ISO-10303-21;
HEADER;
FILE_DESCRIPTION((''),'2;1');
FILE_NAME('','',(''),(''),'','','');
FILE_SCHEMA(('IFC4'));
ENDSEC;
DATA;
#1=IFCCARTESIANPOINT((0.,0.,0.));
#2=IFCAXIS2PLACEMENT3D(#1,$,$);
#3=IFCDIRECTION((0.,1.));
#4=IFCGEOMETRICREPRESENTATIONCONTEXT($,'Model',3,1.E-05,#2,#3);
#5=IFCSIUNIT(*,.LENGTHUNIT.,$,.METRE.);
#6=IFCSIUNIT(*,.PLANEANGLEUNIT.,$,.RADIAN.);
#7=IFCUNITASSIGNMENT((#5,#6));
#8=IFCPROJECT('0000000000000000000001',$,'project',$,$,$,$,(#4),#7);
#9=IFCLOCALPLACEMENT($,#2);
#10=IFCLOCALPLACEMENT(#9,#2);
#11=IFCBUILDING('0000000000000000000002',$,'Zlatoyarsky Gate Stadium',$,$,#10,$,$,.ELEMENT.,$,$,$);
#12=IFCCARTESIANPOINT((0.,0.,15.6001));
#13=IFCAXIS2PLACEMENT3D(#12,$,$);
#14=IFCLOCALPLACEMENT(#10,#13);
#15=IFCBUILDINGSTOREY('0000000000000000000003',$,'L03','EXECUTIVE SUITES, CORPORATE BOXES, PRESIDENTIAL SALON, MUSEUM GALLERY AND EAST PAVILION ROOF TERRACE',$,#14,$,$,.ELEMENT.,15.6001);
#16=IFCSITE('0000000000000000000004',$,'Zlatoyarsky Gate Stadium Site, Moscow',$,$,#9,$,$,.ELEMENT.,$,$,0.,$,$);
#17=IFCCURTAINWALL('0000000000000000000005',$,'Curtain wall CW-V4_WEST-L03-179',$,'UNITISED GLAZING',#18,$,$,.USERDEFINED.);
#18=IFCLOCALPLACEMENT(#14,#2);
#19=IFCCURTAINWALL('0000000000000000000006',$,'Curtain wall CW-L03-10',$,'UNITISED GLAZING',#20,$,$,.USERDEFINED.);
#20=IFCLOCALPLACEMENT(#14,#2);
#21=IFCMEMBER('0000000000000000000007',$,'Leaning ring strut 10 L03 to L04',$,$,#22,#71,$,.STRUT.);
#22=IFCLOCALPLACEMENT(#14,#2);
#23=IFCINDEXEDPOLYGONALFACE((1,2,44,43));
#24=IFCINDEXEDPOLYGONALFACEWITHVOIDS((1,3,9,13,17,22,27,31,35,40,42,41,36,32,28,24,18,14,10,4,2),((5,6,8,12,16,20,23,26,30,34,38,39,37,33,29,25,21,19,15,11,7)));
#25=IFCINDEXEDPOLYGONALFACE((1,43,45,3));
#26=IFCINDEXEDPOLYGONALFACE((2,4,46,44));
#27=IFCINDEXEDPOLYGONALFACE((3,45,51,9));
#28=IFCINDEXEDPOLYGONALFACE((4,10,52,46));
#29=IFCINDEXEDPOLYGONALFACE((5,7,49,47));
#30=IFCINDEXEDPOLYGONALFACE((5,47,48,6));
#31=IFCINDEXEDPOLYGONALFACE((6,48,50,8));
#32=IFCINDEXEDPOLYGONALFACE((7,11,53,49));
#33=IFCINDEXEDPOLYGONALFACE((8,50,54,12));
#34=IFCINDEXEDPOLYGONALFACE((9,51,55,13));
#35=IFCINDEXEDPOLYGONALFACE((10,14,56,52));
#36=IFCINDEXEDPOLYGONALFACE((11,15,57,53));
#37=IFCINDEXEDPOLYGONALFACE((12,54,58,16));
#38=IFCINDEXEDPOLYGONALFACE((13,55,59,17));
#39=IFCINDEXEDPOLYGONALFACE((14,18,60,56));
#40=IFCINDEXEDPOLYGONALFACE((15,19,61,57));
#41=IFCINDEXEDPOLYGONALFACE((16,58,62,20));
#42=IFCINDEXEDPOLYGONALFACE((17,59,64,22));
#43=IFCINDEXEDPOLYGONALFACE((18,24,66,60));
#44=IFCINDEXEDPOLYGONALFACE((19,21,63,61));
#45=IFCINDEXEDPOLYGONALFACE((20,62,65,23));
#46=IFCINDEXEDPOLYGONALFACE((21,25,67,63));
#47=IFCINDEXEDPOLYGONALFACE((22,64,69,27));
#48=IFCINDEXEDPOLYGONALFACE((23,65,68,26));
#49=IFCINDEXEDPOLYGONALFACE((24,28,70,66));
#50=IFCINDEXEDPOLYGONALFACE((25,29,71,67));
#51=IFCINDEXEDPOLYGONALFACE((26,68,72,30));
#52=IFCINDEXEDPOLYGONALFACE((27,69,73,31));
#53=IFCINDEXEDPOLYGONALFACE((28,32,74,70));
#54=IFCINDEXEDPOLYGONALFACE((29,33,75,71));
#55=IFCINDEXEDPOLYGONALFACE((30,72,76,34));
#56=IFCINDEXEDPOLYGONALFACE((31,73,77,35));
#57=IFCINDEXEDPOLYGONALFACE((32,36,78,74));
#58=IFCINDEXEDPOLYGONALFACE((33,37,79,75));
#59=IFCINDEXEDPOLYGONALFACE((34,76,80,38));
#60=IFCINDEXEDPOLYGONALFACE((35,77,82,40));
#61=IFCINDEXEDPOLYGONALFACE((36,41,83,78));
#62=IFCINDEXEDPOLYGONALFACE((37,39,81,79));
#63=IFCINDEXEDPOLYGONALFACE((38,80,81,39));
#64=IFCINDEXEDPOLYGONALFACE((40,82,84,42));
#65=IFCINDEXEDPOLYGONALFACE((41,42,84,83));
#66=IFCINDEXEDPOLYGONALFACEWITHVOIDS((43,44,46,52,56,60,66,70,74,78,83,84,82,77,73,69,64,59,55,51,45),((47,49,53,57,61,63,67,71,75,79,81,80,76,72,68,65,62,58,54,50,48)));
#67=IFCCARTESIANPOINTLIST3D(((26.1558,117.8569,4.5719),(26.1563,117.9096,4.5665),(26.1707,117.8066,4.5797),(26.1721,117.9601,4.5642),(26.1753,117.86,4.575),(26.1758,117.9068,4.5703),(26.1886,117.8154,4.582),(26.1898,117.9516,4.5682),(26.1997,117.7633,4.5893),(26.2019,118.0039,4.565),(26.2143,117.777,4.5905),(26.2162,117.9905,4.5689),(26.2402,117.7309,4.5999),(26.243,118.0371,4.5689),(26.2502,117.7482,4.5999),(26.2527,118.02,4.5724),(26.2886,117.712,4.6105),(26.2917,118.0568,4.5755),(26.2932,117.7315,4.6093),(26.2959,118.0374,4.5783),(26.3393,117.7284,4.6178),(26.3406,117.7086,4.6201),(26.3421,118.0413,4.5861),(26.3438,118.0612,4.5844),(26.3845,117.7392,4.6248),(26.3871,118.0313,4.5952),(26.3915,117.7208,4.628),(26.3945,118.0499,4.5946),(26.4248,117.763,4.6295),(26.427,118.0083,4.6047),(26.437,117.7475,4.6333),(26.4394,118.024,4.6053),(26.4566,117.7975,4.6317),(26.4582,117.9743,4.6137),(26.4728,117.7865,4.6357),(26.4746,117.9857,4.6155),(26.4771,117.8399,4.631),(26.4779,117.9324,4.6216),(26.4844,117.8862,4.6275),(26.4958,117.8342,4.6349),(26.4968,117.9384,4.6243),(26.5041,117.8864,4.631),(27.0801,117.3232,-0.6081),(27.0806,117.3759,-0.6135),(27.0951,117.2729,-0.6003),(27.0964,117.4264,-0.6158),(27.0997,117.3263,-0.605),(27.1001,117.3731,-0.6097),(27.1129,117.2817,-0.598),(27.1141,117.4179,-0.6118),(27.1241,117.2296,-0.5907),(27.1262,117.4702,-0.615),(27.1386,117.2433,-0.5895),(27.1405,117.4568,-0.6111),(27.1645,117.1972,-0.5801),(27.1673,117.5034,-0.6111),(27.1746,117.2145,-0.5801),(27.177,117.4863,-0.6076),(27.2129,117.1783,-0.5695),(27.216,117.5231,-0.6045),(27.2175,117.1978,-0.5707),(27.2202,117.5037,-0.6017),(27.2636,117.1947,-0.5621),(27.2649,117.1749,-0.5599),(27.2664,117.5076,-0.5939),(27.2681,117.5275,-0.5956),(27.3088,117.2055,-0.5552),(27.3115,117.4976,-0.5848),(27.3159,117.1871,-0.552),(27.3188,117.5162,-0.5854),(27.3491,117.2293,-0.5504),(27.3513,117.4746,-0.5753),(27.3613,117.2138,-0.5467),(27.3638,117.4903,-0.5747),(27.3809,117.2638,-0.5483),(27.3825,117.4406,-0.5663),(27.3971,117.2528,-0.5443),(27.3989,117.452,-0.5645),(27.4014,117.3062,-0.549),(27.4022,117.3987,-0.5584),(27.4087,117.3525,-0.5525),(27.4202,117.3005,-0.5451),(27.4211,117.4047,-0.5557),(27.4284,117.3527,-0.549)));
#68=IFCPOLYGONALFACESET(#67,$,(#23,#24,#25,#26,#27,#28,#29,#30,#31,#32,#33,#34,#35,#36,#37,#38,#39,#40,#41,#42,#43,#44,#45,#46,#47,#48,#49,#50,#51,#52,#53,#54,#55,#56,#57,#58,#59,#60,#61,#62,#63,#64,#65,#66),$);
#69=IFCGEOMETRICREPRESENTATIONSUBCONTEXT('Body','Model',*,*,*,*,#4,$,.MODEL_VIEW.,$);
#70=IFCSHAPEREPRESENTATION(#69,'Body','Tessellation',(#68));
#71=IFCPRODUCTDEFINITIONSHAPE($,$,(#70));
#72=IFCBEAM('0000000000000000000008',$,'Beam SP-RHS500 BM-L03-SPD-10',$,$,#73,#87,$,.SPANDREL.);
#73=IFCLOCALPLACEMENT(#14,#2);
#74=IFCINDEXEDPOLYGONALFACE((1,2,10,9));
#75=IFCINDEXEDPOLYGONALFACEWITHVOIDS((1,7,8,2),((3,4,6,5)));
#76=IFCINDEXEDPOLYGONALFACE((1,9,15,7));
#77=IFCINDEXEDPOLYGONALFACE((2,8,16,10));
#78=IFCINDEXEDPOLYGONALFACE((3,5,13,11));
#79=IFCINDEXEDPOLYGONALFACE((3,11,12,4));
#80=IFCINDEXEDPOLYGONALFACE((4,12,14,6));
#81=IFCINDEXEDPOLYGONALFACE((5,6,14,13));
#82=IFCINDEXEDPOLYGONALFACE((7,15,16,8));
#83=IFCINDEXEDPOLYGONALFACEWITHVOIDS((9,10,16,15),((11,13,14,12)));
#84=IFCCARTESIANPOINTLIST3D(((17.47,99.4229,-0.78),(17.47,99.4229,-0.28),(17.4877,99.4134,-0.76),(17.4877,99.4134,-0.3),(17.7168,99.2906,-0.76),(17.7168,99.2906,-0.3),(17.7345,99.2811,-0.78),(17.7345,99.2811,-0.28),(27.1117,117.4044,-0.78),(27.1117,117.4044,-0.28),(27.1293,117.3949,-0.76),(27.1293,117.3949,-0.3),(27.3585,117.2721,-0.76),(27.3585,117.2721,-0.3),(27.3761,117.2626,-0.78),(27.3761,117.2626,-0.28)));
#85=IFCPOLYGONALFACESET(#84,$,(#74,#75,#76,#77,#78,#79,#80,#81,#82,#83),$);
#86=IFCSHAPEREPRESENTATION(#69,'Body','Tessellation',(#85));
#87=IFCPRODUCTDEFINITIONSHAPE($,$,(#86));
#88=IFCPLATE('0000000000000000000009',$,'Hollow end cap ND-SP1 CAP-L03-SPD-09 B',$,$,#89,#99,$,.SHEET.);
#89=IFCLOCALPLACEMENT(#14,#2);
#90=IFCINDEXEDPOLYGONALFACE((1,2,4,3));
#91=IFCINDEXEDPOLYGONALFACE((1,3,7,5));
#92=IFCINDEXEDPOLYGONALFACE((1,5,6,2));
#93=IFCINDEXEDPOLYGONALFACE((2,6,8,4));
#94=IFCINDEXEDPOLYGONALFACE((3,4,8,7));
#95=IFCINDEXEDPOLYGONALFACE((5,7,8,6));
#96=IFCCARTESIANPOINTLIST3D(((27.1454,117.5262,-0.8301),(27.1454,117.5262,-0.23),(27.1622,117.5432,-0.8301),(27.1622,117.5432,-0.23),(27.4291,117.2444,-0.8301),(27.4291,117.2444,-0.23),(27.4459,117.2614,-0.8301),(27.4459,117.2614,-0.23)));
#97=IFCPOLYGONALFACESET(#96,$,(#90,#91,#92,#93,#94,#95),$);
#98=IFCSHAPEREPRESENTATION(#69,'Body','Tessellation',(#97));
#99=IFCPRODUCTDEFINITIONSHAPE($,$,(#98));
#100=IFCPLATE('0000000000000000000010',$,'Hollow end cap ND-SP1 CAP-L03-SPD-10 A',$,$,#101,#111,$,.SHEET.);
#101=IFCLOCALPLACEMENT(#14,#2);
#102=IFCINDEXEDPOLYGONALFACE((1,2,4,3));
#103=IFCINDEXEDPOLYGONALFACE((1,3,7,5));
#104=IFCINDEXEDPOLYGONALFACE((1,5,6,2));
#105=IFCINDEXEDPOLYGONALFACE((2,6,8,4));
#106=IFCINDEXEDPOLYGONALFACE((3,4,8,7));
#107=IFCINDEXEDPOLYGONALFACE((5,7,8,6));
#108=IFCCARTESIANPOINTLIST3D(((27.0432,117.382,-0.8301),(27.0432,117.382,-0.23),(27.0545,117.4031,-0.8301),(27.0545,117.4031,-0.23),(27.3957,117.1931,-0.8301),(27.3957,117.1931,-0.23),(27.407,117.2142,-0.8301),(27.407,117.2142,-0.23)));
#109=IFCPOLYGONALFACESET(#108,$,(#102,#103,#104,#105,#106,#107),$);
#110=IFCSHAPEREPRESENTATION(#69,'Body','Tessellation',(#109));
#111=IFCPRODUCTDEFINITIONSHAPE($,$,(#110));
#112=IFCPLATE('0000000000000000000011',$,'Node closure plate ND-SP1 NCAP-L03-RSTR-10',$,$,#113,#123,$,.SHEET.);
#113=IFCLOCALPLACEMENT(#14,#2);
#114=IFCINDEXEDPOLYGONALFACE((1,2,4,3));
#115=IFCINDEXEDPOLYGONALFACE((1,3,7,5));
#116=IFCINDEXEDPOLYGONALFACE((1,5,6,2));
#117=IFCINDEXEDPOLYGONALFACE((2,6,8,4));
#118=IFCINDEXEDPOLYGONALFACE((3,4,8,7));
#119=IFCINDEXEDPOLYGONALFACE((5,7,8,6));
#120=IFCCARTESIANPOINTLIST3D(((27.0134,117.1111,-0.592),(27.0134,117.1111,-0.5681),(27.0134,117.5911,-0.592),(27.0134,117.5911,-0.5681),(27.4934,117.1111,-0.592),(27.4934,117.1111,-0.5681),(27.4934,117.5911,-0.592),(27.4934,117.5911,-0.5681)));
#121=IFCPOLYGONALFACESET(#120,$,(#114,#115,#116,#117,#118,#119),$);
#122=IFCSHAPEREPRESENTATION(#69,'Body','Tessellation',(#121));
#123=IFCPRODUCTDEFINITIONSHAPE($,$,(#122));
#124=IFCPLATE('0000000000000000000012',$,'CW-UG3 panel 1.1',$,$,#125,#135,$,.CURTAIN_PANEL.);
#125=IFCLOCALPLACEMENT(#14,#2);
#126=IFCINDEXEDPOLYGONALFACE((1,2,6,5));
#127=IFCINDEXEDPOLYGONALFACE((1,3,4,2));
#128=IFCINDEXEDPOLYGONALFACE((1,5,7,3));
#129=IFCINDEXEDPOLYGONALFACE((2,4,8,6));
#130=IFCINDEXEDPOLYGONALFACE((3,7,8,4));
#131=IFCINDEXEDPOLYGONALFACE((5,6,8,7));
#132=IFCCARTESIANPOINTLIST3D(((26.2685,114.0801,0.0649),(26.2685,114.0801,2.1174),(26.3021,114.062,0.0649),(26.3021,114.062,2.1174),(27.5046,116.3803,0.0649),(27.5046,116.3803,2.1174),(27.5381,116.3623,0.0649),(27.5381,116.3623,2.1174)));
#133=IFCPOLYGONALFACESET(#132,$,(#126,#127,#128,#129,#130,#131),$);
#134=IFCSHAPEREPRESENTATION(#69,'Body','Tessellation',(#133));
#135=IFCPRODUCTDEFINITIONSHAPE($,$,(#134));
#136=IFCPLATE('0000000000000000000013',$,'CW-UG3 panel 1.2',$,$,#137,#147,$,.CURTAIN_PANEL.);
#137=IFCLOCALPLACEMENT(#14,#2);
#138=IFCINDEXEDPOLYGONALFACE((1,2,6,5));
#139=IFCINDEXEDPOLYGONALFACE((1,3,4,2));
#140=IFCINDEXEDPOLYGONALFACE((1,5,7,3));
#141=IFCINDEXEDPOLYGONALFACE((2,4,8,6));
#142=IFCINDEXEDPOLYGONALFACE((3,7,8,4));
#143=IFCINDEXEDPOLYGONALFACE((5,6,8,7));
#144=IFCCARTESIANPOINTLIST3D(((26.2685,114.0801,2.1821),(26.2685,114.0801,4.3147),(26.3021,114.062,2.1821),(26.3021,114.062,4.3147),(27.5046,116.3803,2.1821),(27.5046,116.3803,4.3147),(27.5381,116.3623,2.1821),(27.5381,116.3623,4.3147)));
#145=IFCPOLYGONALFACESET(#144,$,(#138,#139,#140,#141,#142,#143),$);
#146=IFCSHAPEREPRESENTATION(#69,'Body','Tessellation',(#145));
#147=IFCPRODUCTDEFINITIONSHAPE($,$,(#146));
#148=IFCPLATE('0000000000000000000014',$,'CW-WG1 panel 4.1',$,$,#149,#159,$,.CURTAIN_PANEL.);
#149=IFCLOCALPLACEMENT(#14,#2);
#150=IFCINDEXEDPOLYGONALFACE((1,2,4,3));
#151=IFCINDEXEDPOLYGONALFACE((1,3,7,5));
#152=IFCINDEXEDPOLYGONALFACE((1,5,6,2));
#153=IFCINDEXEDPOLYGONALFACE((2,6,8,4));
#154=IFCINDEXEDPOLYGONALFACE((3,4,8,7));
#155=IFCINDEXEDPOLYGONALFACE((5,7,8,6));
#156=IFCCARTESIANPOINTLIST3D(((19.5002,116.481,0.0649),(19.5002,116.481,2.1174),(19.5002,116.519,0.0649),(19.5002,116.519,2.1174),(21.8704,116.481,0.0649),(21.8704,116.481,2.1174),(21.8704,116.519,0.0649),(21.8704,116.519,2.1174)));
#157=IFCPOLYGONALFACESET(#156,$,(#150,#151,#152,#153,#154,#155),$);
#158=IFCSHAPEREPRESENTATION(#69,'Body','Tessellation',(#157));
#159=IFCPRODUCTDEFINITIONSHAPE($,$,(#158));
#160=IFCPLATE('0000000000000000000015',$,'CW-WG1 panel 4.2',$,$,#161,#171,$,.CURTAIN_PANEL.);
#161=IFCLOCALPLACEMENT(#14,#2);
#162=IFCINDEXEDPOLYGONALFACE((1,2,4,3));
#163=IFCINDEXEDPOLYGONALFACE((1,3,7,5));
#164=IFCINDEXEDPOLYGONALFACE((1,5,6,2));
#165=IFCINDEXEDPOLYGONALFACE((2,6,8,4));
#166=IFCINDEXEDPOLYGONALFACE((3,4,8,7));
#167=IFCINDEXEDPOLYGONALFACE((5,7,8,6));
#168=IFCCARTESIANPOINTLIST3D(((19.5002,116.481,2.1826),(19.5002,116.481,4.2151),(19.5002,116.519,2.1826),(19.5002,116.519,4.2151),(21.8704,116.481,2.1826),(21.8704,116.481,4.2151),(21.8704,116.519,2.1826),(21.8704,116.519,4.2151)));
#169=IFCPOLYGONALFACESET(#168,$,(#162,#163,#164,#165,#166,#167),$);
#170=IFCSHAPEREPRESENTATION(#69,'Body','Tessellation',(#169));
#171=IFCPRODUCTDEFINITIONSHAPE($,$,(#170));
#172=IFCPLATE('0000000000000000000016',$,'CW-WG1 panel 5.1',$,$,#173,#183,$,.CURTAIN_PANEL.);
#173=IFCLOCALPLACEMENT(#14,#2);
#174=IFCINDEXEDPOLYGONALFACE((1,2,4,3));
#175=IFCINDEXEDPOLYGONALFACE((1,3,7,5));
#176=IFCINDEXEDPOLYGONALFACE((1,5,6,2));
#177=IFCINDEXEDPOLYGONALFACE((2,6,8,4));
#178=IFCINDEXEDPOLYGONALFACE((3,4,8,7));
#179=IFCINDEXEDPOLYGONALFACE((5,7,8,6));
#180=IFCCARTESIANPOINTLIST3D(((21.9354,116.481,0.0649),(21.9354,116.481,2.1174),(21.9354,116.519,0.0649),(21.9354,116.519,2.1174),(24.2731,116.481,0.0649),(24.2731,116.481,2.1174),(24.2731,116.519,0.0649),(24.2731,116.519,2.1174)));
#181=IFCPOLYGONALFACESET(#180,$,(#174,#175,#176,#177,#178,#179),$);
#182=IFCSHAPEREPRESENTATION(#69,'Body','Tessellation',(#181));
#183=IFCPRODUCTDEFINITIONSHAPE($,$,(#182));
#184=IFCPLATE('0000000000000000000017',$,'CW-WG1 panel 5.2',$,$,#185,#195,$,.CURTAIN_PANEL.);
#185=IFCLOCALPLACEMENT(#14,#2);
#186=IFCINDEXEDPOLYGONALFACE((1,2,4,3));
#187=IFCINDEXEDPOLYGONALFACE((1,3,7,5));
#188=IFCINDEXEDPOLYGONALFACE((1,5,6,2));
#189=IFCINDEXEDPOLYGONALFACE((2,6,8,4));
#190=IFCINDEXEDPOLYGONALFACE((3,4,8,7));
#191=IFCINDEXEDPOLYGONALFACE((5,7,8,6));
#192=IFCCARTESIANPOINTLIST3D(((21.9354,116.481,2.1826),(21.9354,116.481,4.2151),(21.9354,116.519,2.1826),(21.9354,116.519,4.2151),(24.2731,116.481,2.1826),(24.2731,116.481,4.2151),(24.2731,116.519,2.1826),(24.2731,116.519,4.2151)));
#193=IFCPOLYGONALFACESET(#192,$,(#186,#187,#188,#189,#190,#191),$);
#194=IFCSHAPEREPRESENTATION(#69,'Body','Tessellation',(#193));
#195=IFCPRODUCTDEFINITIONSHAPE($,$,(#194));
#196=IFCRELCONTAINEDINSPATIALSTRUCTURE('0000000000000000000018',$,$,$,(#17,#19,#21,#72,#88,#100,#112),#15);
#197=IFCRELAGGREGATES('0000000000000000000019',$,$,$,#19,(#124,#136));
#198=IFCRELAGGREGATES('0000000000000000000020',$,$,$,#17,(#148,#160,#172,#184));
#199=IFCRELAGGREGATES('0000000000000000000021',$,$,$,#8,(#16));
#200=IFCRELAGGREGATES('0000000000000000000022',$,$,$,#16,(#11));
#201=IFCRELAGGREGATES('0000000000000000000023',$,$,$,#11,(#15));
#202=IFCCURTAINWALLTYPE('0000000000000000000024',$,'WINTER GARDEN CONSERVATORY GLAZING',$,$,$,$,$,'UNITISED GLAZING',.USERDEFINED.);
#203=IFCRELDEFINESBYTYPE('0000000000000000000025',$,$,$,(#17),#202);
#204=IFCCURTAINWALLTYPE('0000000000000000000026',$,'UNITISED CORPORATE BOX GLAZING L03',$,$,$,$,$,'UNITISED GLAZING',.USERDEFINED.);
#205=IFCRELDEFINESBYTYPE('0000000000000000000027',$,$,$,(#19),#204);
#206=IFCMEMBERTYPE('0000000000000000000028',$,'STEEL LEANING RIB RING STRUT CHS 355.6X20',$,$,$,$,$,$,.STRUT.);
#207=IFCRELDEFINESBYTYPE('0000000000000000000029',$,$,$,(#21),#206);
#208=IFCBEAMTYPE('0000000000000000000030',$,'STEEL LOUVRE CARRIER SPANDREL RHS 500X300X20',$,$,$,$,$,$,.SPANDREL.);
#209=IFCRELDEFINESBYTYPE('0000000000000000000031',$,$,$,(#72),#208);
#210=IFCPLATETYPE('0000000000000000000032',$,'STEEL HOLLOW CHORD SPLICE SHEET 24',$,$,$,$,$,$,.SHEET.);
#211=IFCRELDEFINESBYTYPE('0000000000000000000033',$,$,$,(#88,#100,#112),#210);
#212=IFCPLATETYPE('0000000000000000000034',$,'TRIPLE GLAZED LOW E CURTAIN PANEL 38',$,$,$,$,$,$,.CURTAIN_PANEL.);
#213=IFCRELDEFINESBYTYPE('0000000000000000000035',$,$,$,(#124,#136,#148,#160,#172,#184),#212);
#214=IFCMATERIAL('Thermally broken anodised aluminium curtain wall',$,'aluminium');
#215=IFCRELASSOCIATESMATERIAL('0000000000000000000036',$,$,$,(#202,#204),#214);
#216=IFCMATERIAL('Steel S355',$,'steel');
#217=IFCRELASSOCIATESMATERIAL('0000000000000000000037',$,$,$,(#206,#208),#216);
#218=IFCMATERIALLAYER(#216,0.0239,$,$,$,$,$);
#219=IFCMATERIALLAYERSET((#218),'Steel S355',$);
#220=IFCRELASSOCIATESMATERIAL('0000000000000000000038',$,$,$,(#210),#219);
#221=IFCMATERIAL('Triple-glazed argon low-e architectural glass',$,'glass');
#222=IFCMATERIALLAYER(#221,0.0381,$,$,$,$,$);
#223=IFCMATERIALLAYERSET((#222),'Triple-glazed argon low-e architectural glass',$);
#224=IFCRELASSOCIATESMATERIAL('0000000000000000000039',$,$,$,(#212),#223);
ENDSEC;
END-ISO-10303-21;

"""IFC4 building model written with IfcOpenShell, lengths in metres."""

from ifc_helpers import new_model, si_unit, direction, frame, origin, origin_2d, place, context, subcontext, project, spatial, rectangle, hollow_rectangle, hollow_circle, extrude, material, layer, layer_set, material_profile, profile_set, type_object, element, aggregate, save


model = new_model("IFC4")

# Units and contexts
model_context = context("Model", 3, precision=1e-05, world=origin(), true_north=direction((0.0, 1.0)))
body_context = subcontext(model_context, "Body", "Model", "MODEL_VIEW")
ifc_project = project(units=[si_unit("LENGTHUNIT", "METRE"), si_unit("PLANEANGLEUNIT", "RADIAN")], contexts=[model_context])

# Site, building, storey
site_placement = place(None, origin())
site = spatial("IfcSite", under=ifc_project, at=site_placement, Name="Zlatoyarsky Gate Stadium Site, Moscow", CompositionType="ELEMENT", RefElevation=0.0)
building_placement = place(site_placement, origin())
building = spatial("IfcBuilding", under=site, at=building_placement, Name="Zlatoyarsky Gate Stadium", CompositionType="ELEMENT")
storey_placement = place(building_placement, frame((0.0, 0.0, 15.6001)))
storey = spatial("IfcBuildingStorey", under=building, at=storey_placement, Name="L03", Description="EXECUTIVE SUITES, CORPORATE BOXES, PRESIDENTIAL SALON, MUSEUM GALLERY AND EAST PAVILION ROOF TERRACE", CompositionType="ELEMENT", Elevation=15.6001)

# Shared definitions
ifc_material_1 = material(Name="Steel S355", Category="steel")

# Curtain walls
ifc_material_2 = material(Name="Thermally broken anodised aluminium curtain wall", Category="aluminium")
curtain_wall_type_1 = type_object("IfcCurtainWallType", Name="WINTER GARDEN CONSERVATORY GLAZING", ElementType="UNITISED GLAZING", PredefinedType="USERDEFINED", material=ifc_material_2)
curtain_wall_1_placement = place(storey_placement, origin())
curtain_wall_1 = element("IfcCurtainWall", 1, at=curtain_wall_1_placement, inside=storey, type_object=curtain_wall_type_1, Name="Curtain wall CW-V4_WEST-L03-179", ObjectType="UNITISED GLAZING", PredefinedType="USERDEFINED")
curtain_wall_type_2 = type_object("IfcCurtainWallType", Name="UNITISED CORPORATE BOX GLAZING L03", ElementType="UNITISED GLAZING", PredefinedType="USERDEFINED", material=ifc_material_2)
curtain_wall_2_placement = place(storey_placement, origin())
curtain_wall_2 = element("IfcCurtainWall", 2, at=curtain_wall_2_placement, inside=storey, type_object=curtain_wall_type_2, Name="Curtain wall CW-L03-10", ObjectType="UNITISED GLAZING", PredefinedType="USERDEFINED")

# Member
ifc_material_profile_1 = material_profile(ifc_material_1, hollow_circle(Radius=0.1777, WallThickness=0.02, at=origin_2d()), Name="CHS 355.6X20")
ifc_profile_set_1 = profile_set([ifc_material_profile_1], Name="Steel S355")
member_type_1 = type_object("IfcMemberType", Name="STEEL LEANING RIB RING STRUT CHS 355.6X20", PredefinedType="STRUT", material=ifc_profile_set_1)
member_1_placement = place(storey_placement, frame((27.2534, 117.3511, -0.5801), z_axis=(-0.17477, 0.100911, 0.979425), x_axis=(-0.500026, -0.86601, 0.0)))
element("IfcMember", 3, at=member_1_placement, inside=storey, type_object=member_type_1, Name="Leaning ring strut 10 L03 to L04", PredefinedType="STRUT", context=body_context, shape_type="SweptSolid", body=[
    extrude(hollow_circle(Radius=0.1777, WallThickness=0.02, at=origin_2d()), origin(), (0.0, 0.0, 1.0), 5.2888),
])

# Beam
ifc_material_profile_2 = material_profile(ifc_material_1, hollow_rectangle(XDim=0.3, YDim=0.5, WallThickness=0.02, at=origin_2d()), Name="RHS 500X300X20")
ifc_profile_set_2 = profile_set([ifc_material_profile_2], Name="Steel S355")
beam_type = type_object("IfcBeamType", Name="STEEL LOUVRE CARRIER SPANDREL RHS 500X300X20", PredefinedType="SPANDREL", material=ifc_profile_set_2)
beam_placement = place(storey_placement, frame((27.2439, 117.3335, -0.53), z_axis=(-0.472552, -0.881303, 0.0), x_axis=(0.881303, -0.472552, 0.0)))
element("IfcBeam", 4, at=beam_placement, inside=storey, type_object=beam_type, Name="Beam SP-RHS500 BM-L03-SPD-10", PredefinedType="SPANDREL", context=body_context, shape_type="SweptSolid", body=[
    extrude(hollow_rectangle(XDim=0.3, YDim=0.5, WallThickness=0.02, at=origin_2d()), origin(), (0.0, 0.0, 1.0), 20.4033),
])

# Plates
ifc_layer_1 = layer(ifc_material_1, 0.0239)
ifc_layer_set_1 = layer_set([ifc_layer_1], Name="Steel S355")
plate_type_1 = type_object("IfcPlateType", Name="STEEL HOLLOW CHORD SPLICE SHEET 24", PredefinedType="SHEET", material=ifc_layer_set_1)
for number, where, z_axis, x_axis, name in (
    (5, (27.2957, 117.3938, -0.8301), (0.0, 0.0, 1.0), (-0.70473, -0.709476, 0.0), "Hollow end cap ND-SP1 CAP-L03-SPD-09 B"),
    (6, (27.2251, 117.2981, -0.8301), (0.0, 0.0, 1.0), (-0.472556, -0.881301, 0.0), "Hollow end cap ND-SP1 CAP-L03-SPD-10 A"),
):
    element("IfcPlate", number, at=place(storey_placement, frame(where, z_axis=z_axis, x_axis=x_axis)), inside=storey, type_object=plate_type_1, Name=name, PredefinedType="SHEET", context=body_context, shape_type="SweptSolid", body=[
        extrude(rectangle(XDim=0.0239, YDim=0.3999, at=origin_2d()), origin(), (0.0, 0.0, 1.0), 0.6001),
    ])
plate_1_placement = place(storey_placement, frame((27.2534, 117.3511, -0.592), z_axis=(0.0, 0.0, 1.0), x_axis=(1.0, 0.0, 0.0)))
element("IfcPlate", 7, at=plate_1_placement, inside=storey, type_object=plate_type_1, Name="Node closure plate ND-SP1 NCAP-L03-RSTR-10", PredefinedType="SHEET", context=body_context, shape_type="SweptSolid", body=[
    extrude(rectangle(XDim=0.48, YDim=0.48, at=origin_2d()), origin(), (0.0, 0.0, 1.0), 0.0239),
])

# Plates
ifc_material_3 = material(Name="Triple-glazed argon low-e architectural glass", Category="glass")
ifc_layer_2 = layer(ifc_material_3, 0.0381)
ifc_layer_set_2 = layer_set([ifc_layer_2], Name="Triple-glazed argon low-e architectural glass")
plate_type_2 = type_object("IfcPlateType", Name="TRIPLE GLAZED LOW E CURTAIN PANEL 38", PredefinedType="CURTAIN_PANEL", material=ifc_layer_set_2)
plate_2_placement = place(storey_placement, frame((26.9033, 115.2212, 0.0649), z_axis=(0.0, 0.0, 1.0), x_axis=(-0.473345, -0.880877, 0.0)))
plate_2 = element("IfcPlate", 8, at=plate_2_placement, type_object=plate_type_2, Name="CW-UG3 panel 1.1", PredefinedType="CURTAIN_PANEL", context=body_context, shape_type="SweptSolid", body=[
    extrude(rectangle(XDim=2.6113, YDim=0.0381, at=origin_2d()), origin(), (0.0, 0.0, 1.0), 2.0525),
])
plate_3_placement = place(storey_placement, frame((26.9033, 115.2212, 2.1821), z_axis=(0.0, 0.0, 1.0), x_axis=(-0.473345, -0.880877, 0.0)))
plate_3 = element("IfcPlate", 9, at=plate_3_placement, type_object=plate_type_2, Name="CW-UG3 panel 1.2", PredefinedType="CURTAIN_PANEL", context=body_context, shape_type="SweptSolid", body=[
    extrude(rectangle(XDim=2.6113, YDim=0.0381, at=origin_2d()), origin(), (0.0, 0.0, 1.0), 2.1326),
])
aggregate(curtain_wall_2, [plate_2, plate_3])
plate_4_placement = place(storey_placement, frame((20.6853, 116.5, 0.0649), z_axis=(0.0, 0.0, 1.0), x_axis=(1.0, 0.0, 0.0)))
plate_4 = element("IfcPlate", 10, at=plate_4_placement, type_object=plate_type_2, Name="CW-WG1 panel 4.1", PredefinedType="CURTAIN_PANEL", context=body_context, shape_type="SweptSolid", body=[
    extrude(rectangle(XDim=2.3701, YDim=0.0381, at=origin_2d()), origin(), (0.0, 0.0, 1.0), 2.0525),
])
plate_5_placement = place(storey_placement, frame((20.6853, 116.5, 2.1826), z_axis=(0.0, 0.0, 1.0), x_axis=(1.0, 0.0, 0.0)))
plate_5 = element("IfcPlate", 11, at=plate_5_placement, type_object=plate_type_2, Name="CW-WG1 panel 4.2", PredefinedType="CURTAIN_PANEL", context=body_context, shape_type="SweptSolid", body=[
    extrude(rectangle(XDim=2.3701, YDim=0.0381, at=origin_2d()), origin(), (0.0, 0.0, 1.0), 2.0325),
])
plate_6_placement = place(storey_placement, frame((23.1042, 116.5, 0.0649), z_axis=(0.0, 0.0, 1.0), x_axis=(1.0, 0.0, 0.0)))
plate_6 = element("IfcPlate", 12, at=plate_6_placement, type_object=plate_type_2, Name="CW-WG1 panel 5.1", PredefinedType="CURTAIN_PANEL", context=body_context, shape_type="SweptSolid", body=[
    extrude(rectangle(XDim=2.3376, YDim=0.0381, at=origin_2d()), origin(), (0.0, 0.0, 1.0), 2.0525),
])
plate_7_placement = place(storey_placement, frame((23.1042, 116.5, 2.1826), z_axis=(0.0, 0.0, 1.0), x_axis=(1.0, 0.0, 0.0)))
plate_7 = element("IfcPlate", 13, at=plate_7_placement, type_object=plate_type_2, Name="CW-WG1 panel 5.2", PredefinedType="CURTAIN_PANEL", context=body_context, shape_type="SweptSolid", body=[
    extrude(rectangle(XDim=2.3376, YDim=0.0381, at=origin_2d()), origin(), (0.0, 0.0, 1.0), 2.0325),
])
aggregate(curtain_wall_1, [plate_4, plate_5, plate_6, plate_7])

save(model, "model.ifc")
